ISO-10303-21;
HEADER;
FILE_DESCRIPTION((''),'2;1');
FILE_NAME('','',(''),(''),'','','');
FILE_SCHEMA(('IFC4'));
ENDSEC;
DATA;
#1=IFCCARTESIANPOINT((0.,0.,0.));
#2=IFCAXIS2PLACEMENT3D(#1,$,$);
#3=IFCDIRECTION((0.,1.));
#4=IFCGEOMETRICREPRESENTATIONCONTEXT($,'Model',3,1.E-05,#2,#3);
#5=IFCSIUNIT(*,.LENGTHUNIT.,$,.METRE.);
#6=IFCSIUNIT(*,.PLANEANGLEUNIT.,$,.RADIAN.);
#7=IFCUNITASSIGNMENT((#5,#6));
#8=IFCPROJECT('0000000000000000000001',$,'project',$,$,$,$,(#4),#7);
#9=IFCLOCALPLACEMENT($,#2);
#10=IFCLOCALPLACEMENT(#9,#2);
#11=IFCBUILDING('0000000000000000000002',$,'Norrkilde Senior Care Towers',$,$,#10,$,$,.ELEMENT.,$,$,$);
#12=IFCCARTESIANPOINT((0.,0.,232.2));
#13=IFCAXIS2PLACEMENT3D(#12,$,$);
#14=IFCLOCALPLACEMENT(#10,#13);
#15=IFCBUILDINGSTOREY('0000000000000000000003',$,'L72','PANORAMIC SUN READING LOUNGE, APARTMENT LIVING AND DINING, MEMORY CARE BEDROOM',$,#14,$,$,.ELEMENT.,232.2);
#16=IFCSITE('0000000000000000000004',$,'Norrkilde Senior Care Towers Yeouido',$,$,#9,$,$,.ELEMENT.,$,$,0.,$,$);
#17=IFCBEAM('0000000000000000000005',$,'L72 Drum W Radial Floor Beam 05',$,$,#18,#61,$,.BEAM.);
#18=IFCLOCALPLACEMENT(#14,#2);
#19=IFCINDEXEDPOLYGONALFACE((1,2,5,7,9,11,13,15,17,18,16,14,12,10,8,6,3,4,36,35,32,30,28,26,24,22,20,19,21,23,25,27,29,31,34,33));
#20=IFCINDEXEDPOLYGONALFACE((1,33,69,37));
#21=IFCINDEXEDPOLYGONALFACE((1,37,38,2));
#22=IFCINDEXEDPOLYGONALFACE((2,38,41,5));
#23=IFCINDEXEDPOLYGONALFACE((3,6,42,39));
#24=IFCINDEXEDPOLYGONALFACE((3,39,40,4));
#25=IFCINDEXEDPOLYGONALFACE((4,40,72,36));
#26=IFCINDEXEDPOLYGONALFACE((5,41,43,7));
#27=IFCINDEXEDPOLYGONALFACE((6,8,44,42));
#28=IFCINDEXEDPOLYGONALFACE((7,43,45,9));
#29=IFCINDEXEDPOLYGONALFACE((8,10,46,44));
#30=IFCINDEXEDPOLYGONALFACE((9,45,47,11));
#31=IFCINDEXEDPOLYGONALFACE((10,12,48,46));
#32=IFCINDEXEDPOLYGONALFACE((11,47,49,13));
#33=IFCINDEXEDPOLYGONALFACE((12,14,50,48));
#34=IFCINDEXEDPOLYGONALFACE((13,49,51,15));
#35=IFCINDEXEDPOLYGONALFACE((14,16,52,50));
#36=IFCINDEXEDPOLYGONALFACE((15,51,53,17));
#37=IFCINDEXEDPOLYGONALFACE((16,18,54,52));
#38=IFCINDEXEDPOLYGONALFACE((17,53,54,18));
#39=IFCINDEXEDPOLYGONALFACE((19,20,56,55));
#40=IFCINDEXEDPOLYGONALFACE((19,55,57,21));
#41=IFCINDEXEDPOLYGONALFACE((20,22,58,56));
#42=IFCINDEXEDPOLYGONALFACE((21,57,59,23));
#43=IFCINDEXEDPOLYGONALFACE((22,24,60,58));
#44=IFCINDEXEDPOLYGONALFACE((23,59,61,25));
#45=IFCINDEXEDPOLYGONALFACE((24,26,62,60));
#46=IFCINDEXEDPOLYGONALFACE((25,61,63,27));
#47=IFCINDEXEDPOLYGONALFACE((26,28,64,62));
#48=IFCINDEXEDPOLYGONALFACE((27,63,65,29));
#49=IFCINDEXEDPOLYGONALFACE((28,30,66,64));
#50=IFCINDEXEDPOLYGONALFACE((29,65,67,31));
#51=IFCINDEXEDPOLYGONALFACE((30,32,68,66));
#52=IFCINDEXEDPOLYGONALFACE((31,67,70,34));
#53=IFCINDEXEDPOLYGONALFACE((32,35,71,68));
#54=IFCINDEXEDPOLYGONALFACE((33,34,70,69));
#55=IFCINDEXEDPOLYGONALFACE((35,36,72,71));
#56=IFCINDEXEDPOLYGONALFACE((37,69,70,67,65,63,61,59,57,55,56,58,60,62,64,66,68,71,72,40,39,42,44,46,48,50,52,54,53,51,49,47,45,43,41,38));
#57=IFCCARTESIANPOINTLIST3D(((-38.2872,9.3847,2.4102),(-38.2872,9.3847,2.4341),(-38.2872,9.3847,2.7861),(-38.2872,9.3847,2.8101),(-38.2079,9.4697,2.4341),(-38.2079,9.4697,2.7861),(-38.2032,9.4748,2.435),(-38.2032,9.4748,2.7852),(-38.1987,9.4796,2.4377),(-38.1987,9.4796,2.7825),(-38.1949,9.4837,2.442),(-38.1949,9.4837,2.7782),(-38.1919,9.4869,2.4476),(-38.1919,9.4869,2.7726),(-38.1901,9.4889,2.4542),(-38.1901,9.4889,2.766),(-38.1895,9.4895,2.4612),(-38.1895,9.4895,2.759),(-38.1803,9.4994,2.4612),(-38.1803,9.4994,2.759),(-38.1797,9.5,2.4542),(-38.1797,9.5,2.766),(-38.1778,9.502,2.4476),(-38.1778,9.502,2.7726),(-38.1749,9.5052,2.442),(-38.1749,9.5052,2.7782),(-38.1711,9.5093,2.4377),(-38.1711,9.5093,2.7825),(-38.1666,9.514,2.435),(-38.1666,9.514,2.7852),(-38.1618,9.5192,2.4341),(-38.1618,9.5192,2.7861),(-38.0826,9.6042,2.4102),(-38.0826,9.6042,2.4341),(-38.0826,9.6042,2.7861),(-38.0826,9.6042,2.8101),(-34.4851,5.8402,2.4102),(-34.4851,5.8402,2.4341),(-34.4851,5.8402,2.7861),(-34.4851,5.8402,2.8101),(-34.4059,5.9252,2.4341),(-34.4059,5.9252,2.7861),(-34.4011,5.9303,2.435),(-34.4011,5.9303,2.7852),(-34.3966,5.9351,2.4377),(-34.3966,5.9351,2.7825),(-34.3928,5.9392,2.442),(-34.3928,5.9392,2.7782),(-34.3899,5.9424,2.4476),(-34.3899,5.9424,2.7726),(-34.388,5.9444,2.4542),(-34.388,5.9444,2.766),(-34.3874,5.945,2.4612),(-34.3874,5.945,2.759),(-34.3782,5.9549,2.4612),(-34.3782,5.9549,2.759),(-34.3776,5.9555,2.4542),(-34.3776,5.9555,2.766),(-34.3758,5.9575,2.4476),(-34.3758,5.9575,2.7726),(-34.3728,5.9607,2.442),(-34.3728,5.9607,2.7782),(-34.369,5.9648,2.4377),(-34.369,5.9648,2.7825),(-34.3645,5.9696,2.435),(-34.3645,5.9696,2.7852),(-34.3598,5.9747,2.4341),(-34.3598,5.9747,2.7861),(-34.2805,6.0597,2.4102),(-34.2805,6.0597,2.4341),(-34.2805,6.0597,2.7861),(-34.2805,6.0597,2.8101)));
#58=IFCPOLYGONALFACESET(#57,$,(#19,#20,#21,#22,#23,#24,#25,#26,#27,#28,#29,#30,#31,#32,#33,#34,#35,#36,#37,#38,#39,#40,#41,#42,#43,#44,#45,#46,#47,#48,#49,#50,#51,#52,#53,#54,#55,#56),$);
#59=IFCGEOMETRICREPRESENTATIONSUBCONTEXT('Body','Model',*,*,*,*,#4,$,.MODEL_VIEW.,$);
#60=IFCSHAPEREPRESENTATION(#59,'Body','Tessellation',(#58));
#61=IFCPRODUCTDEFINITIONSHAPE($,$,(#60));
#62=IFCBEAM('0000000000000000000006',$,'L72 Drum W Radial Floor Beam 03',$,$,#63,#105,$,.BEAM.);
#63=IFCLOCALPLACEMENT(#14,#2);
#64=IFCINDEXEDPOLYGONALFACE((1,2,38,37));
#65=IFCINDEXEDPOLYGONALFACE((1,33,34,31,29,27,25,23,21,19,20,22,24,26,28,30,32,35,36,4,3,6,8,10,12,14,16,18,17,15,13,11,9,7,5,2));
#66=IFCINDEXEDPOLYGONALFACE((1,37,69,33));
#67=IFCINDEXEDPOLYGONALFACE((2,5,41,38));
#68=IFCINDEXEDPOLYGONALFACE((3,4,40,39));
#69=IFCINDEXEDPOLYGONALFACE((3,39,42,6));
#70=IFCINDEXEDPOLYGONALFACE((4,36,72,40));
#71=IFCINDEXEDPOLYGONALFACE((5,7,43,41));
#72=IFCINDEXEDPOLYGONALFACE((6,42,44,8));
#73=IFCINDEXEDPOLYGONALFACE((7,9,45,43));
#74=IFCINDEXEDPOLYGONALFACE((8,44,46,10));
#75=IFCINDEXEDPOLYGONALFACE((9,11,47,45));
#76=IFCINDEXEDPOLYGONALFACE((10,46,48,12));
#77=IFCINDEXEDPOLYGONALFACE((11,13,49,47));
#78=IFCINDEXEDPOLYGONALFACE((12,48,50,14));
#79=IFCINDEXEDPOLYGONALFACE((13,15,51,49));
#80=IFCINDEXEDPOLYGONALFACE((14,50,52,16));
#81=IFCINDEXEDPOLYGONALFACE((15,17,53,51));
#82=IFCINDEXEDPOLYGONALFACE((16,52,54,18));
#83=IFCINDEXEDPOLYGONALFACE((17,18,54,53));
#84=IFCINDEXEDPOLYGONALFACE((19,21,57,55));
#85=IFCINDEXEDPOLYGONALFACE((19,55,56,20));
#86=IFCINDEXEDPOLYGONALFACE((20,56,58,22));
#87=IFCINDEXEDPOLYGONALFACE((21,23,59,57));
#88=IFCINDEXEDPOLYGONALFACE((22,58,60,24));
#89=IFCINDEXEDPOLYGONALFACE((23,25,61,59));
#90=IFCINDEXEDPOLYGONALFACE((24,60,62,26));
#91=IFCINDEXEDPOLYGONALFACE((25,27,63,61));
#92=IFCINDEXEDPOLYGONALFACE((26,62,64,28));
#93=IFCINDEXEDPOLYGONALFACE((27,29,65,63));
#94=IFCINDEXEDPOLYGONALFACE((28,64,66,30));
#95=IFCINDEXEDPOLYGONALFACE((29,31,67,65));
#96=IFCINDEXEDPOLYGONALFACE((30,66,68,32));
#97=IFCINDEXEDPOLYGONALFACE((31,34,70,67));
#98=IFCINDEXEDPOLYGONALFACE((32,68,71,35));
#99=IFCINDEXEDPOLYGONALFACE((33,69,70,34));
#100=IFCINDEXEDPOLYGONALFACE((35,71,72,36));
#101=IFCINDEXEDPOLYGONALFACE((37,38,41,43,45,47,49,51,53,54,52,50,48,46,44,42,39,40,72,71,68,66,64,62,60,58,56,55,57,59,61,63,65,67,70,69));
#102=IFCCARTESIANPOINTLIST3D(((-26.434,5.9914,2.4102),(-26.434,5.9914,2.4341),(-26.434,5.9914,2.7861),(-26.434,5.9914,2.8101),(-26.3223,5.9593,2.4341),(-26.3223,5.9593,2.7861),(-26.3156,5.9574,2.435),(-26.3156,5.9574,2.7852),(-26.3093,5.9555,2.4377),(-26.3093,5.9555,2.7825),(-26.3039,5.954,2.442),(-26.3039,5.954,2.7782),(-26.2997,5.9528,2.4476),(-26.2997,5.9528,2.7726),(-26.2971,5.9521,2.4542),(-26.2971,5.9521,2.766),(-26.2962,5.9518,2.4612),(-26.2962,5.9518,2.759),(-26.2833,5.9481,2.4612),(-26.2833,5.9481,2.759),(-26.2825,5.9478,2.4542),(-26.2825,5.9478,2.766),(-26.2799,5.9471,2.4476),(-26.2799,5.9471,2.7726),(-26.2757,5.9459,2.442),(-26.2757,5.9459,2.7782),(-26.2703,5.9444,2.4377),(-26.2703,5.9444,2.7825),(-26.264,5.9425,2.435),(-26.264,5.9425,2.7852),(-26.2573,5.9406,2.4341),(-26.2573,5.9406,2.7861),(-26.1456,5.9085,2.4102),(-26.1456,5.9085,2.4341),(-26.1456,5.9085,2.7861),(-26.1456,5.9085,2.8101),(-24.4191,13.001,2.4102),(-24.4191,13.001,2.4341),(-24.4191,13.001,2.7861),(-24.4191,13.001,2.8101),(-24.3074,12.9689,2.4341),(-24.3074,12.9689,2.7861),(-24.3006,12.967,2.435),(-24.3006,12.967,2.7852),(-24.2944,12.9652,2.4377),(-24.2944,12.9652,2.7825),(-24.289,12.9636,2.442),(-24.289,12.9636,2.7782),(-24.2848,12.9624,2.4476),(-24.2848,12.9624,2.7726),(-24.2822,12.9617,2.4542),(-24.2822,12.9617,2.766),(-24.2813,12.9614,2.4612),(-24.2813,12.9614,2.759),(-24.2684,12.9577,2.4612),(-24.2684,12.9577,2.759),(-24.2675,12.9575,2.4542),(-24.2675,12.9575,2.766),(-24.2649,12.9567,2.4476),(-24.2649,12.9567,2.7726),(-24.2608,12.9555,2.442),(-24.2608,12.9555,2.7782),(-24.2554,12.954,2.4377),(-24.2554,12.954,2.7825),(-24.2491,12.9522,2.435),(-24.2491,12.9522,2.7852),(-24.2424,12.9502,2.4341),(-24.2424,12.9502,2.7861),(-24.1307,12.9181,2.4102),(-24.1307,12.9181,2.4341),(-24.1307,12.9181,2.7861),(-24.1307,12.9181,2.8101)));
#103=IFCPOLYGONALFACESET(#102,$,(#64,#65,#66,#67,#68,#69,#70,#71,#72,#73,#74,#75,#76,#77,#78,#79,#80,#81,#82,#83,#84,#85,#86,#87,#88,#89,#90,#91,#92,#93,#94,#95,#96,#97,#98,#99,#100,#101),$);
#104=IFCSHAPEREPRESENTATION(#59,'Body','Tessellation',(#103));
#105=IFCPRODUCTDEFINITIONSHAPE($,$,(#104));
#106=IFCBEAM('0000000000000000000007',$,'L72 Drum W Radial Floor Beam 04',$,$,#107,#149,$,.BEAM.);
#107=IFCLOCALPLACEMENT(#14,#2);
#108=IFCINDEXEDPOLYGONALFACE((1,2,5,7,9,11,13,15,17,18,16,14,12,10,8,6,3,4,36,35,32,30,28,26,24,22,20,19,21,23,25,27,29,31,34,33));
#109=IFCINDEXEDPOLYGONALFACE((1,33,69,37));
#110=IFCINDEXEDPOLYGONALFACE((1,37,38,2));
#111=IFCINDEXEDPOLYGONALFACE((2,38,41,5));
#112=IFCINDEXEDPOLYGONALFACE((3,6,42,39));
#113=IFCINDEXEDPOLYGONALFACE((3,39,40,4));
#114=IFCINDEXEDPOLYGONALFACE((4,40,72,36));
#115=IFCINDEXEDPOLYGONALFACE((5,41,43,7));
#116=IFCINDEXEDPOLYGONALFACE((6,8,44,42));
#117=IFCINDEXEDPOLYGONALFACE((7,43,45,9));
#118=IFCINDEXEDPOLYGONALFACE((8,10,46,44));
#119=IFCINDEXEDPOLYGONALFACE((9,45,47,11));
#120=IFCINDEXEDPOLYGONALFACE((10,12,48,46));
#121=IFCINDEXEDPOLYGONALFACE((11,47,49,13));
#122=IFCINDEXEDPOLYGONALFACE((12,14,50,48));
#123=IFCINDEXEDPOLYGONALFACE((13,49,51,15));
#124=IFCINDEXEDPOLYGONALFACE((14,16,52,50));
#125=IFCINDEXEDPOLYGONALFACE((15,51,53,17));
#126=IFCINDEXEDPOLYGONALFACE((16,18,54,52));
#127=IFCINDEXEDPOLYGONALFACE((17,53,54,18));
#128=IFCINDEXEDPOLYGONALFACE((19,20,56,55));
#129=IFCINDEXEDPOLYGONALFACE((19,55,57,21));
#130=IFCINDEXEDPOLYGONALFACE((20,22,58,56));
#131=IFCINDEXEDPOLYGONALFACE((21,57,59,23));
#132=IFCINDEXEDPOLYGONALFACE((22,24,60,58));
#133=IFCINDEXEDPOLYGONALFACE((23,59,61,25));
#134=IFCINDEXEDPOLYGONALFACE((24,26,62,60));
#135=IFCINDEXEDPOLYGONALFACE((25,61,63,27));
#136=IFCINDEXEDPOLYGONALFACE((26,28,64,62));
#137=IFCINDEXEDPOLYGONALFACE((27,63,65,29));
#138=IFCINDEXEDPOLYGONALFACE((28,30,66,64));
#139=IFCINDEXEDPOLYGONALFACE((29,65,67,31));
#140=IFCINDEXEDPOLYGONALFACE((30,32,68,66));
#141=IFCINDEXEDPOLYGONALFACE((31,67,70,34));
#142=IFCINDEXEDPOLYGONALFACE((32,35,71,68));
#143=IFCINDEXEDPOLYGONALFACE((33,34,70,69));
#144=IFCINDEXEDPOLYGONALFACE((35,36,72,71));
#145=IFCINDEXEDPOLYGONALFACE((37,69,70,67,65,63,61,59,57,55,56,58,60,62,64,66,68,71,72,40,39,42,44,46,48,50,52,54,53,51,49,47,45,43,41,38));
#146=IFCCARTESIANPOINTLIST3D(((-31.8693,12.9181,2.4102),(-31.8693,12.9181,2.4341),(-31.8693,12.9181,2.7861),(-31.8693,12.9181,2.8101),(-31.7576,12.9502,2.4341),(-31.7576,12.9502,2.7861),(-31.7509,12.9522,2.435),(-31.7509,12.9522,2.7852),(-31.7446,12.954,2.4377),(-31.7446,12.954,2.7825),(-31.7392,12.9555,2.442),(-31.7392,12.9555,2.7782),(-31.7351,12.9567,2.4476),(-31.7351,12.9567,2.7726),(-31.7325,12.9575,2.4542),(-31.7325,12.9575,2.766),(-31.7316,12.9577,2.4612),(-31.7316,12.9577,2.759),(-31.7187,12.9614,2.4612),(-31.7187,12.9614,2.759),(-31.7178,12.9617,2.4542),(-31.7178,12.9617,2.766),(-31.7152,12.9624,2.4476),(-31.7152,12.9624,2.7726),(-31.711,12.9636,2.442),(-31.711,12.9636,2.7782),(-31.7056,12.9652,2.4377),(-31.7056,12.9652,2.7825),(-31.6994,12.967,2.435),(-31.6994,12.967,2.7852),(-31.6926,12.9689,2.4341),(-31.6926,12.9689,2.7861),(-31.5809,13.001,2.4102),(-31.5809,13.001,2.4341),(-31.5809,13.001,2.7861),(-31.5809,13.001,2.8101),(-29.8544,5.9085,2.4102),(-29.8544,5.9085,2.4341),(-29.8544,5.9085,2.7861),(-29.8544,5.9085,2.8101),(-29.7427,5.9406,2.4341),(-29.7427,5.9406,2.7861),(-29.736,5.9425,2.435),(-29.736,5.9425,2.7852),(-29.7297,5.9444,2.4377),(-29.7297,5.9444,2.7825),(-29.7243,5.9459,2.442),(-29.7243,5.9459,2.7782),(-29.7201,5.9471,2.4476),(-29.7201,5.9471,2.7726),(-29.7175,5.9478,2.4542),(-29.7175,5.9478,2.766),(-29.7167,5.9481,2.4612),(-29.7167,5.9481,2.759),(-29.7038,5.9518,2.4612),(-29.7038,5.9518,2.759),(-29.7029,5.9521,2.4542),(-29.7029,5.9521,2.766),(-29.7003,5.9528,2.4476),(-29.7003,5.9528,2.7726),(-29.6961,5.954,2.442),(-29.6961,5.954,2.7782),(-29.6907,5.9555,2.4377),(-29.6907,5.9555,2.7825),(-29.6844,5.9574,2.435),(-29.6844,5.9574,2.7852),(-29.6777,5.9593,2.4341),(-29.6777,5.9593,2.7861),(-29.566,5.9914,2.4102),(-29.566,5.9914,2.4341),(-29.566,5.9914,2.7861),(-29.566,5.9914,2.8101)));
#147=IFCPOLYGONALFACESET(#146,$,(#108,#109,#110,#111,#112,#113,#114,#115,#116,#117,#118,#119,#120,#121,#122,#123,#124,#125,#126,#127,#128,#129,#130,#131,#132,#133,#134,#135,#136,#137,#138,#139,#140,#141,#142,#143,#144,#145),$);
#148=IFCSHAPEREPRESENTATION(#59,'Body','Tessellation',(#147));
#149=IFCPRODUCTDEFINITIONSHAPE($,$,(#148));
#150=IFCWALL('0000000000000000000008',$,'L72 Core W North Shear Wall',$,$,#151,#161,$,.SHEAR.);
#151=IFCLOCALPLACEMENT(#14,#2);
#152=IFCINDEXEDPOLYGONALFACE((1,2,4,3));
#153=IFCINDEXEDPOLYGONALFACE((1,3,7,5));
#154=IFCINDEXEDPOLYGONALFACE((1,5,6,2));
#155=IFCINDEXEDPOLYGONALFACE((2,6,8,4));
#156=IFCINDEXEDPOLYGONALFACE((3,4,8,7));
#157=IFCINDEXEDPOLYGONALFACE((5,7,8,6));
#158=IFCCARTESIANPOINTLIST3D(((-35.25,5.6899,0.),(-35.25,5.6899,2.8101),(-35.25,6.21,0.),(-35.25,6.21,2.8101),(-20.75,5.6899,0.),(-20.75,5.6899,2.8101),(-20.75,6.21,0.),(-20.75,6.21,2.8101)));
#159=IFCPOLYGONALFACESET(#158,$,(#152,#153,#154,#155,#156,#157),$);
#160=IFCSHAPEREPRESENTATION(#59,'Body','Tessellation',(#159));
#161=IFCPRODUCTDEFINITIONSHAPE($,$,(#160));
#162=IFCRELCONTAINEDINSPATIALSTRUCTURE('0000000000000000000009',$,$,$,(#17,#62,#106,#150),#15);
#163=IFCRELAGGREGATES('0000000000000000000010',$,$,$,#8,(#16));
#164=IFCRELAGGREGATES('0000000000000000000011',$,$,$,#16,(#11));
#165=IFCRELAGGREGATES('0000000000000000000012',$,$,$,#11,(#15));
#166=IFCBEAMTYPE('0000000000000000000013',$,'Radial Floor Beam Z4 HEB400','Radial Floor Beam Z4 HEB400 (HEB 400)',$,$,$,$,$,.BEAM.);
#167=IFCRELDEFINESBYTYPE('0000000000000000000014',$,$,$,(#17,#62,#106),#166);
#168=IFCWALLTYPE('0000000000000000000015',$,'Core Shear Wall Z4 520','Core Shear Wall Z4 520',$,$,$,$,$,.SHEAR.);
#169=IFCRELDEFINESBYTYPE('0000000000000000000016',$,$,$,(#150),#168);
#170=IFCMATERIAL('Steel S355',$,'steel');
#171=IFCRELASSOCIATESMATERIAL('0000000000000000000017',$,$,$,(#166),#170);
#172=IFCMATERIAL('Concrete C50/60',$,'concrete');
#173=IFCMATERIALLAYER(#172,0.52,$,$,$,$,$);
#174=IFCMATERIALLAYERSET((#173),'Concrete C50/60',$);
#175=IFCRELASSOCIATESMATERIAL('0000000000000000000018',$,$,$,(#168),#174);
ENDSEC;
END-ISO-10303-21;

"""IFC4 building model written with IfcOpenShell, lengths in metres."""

from ifc_helpers import new_model, si_unit, direction, frame, frame_2d, origin, origin_2d, place, context, subcontext, project, spatial, rectangle, i_section, extrude, source, transform, mapped, material, layer, layer_set, material_profile, profile_set, type_object, type_shapes, element, save


model = new_model("IFC4")

# Units and contexts
model_context = context("Model", 3, precision=1e-05, world=origin(), true_north=direction((0.0, 1.0)))
body_context = subcontext(model_context, "Body", "Model", "MODEL_VIEW")
ifc_project = project(units=[si_unit("LENGTHUNIT", "METRE"), si_unit("PLANEANGLEUNIT", "RADIAN")], contexts=[model_context])

# Site, building, storey
site_placement = place(None, origin())
site = spatial("IfcSite", under=ifc_project, at=site_placement, Name="Norrkilde Senior Care Towers Yeouido", CompositionType="ELEMENT", RefElevation=0.0)
building_placement = place(site_placement, origin())
building = spatial("IfcBuilding", under=site, at=building_placement, Name="Norrkilde Senior Care Towers", CompositionType="ELEMENT")
storey_placement = place(building_placement, frame((0.0, 0.0, 232.2)))
storey = spatial("IfcBuildingStorey", under=building, at=storey_placement, Name="L72", Description="PANORAMIC SUN READING LOUNGE, APARTMENT LIVING AND DINING, MEMORY CARE BEDROOM", CompositionType="ELEMENT", Elevation=232.2)

# Beams
ifc_material_1 = material(Name="Steel S355", Category="steel")
ifc_material_profile = material_profile(ifc_material_1, i_section(OverallWidth=0.3, OverallDepth=0.3999, WebThickness=0.0134, FlangeThickness=0.0239, FilletRadius=0.0271, at=origin_2d()), Name="HEB 400")
ifc_profile_set = profile_set([ifc_material_profile], Name="Steel S355")
beam_type = type_object("IfcBeamType", Name="Radial Floor Beam Z4 HEB400", Description="Radial Floor Beam Z4 HEB400 (HEB 400)", PredefinedType="BEAM", material=ifc_profile_set)
shared_shape_1 = source(origin(), body_context, "Body", "SweptSolid", [
    extrude(i_section(OverallWidth=0.3, OverallDepth=0.3999, WebThickness=0.0134, FlangeThickness=0.0239, FilletRadius=0.0271, at=origin_2d()), origin(), (0.0, 0.0, 1.0), 5.198),
])
beam_placement = place(storey_placement, frame((-34.3828, 5.95, 2.6101), z_axis=(-0.731449, 0.681896, 0.0), x_axis=(-0.681896, -0.731449, 0.0)))
element("IfcBeam", 1, at=beam_placement, inside=storey, type_object=beam_type, Name="L72 Drum W Radial Floor Beam 05", PredefinedType="BEAM", context=body_context, shape_type="MappedRepresentation", body=[
    mapped(shared_shape_1, transform((0.0, 0.0, 0.0), x_axis=(1.0, 0.0, 0.0), y_axis=(0.0, 1.0, 0.0), z_axis=(0.0, 0.0, 1.0), scale=1.0)),
])
shared_shape_2 = source(origin(), body_context, "Body", "SweptSolid", [
    extrude(i_section(OverallWidth=0.3, OverallDepth=0.3999, WebThickness=0.0134, FlangeThickness=0.0239, FilletRadius=0.0271, at=origin_2d()), origin(), (0.0, 0.0, 1.0), 7.2935),
])
type_shapes(beam_type, [shared_shape_1, shared_shape_2])
for number, where, z_axis, x_axis, name in (
    (2, (-26.2898, 5.95, 2.6101), (0.276264, 0.961082, 0.0), (-0.961082, 0.276264, 0.0), "L72 Drum W Radial Floor Beam 03"),
    (3, (-29.7102, 5.95, 2.6101), (-0.276264, 0.961082, 0.0), (-0.961082, -0.276264, 0.0), "L72 Drum W Radial Floor Beam 04"),
):
    element("IfcBeam", number, at=place(storey_placement, frame(where, z_axis=z_axis, x_axis=x_axis)), inside=storey, type_object=beam_type, Name=name, PredefinedType="BEAM", context=body_context, shape_type="MappedRepresentation", body=[
        mapped(shared_shape_2, transform((0.0, 0.0, 0.0), x_axis=(1.0, 0.0, 0.0), y_axis=(0.0, 1.0, 0.0), z_axis=(0.0, 0.0, 1.0), scale=1.0)),
    ])

# Wall
ifc_material_2 = material(Name="Concrete C50/60", Category="concrete")
ifc_layer_1 = layer(ifc_material_2, 0.52)
ifc_layer_set_1 = layer_set([ifc_layer_1], Name="Concrete C50/60")
wall_type_1 = type_object("IfcWallType", Name="Core Shear Wall Z4 520", Description="Core Shear Wall Z4 520", PredefinedType="SHEAR", material=ifc_layer_set_1)
shared_shape_3 = source(origin(), body_context, "Body", "SweptSolid", [
    extrude(rectangle(XDim=14.5, YDim=0.52, at=frame_2d((7.25, 0.0))), origin(), (0.0, 0.0, 1.0), 2.8101),
])
type_shapes(wall_type_1, [shared_shape_3])
wall_1_placement = place(storey_placement, frame((-35.25, 5.95, 0.0), z_axis=(0.0, 0.0, 1.0), x_axis=(1.0, 0.0, 0.0)))
element("IfcWall", 4, at=wall_1_placement, inside=storey, type_object=wall_type_1, Name="L72 Core W North Shear Wall", PredefinedType="SHEAR", context=body_context, shape_type="MappedRepresentation", body=[
    mapped(shared_shape_3, transform((0.0, 0.0, 0.0), x_axis=(1.0, 0.0, 0.0), y_axis=(0.0, 1.0, 0.0), z_axis=(0.0, 0.0, 1.0), scale=1.0)),
])

save(model, "model.ifc")
